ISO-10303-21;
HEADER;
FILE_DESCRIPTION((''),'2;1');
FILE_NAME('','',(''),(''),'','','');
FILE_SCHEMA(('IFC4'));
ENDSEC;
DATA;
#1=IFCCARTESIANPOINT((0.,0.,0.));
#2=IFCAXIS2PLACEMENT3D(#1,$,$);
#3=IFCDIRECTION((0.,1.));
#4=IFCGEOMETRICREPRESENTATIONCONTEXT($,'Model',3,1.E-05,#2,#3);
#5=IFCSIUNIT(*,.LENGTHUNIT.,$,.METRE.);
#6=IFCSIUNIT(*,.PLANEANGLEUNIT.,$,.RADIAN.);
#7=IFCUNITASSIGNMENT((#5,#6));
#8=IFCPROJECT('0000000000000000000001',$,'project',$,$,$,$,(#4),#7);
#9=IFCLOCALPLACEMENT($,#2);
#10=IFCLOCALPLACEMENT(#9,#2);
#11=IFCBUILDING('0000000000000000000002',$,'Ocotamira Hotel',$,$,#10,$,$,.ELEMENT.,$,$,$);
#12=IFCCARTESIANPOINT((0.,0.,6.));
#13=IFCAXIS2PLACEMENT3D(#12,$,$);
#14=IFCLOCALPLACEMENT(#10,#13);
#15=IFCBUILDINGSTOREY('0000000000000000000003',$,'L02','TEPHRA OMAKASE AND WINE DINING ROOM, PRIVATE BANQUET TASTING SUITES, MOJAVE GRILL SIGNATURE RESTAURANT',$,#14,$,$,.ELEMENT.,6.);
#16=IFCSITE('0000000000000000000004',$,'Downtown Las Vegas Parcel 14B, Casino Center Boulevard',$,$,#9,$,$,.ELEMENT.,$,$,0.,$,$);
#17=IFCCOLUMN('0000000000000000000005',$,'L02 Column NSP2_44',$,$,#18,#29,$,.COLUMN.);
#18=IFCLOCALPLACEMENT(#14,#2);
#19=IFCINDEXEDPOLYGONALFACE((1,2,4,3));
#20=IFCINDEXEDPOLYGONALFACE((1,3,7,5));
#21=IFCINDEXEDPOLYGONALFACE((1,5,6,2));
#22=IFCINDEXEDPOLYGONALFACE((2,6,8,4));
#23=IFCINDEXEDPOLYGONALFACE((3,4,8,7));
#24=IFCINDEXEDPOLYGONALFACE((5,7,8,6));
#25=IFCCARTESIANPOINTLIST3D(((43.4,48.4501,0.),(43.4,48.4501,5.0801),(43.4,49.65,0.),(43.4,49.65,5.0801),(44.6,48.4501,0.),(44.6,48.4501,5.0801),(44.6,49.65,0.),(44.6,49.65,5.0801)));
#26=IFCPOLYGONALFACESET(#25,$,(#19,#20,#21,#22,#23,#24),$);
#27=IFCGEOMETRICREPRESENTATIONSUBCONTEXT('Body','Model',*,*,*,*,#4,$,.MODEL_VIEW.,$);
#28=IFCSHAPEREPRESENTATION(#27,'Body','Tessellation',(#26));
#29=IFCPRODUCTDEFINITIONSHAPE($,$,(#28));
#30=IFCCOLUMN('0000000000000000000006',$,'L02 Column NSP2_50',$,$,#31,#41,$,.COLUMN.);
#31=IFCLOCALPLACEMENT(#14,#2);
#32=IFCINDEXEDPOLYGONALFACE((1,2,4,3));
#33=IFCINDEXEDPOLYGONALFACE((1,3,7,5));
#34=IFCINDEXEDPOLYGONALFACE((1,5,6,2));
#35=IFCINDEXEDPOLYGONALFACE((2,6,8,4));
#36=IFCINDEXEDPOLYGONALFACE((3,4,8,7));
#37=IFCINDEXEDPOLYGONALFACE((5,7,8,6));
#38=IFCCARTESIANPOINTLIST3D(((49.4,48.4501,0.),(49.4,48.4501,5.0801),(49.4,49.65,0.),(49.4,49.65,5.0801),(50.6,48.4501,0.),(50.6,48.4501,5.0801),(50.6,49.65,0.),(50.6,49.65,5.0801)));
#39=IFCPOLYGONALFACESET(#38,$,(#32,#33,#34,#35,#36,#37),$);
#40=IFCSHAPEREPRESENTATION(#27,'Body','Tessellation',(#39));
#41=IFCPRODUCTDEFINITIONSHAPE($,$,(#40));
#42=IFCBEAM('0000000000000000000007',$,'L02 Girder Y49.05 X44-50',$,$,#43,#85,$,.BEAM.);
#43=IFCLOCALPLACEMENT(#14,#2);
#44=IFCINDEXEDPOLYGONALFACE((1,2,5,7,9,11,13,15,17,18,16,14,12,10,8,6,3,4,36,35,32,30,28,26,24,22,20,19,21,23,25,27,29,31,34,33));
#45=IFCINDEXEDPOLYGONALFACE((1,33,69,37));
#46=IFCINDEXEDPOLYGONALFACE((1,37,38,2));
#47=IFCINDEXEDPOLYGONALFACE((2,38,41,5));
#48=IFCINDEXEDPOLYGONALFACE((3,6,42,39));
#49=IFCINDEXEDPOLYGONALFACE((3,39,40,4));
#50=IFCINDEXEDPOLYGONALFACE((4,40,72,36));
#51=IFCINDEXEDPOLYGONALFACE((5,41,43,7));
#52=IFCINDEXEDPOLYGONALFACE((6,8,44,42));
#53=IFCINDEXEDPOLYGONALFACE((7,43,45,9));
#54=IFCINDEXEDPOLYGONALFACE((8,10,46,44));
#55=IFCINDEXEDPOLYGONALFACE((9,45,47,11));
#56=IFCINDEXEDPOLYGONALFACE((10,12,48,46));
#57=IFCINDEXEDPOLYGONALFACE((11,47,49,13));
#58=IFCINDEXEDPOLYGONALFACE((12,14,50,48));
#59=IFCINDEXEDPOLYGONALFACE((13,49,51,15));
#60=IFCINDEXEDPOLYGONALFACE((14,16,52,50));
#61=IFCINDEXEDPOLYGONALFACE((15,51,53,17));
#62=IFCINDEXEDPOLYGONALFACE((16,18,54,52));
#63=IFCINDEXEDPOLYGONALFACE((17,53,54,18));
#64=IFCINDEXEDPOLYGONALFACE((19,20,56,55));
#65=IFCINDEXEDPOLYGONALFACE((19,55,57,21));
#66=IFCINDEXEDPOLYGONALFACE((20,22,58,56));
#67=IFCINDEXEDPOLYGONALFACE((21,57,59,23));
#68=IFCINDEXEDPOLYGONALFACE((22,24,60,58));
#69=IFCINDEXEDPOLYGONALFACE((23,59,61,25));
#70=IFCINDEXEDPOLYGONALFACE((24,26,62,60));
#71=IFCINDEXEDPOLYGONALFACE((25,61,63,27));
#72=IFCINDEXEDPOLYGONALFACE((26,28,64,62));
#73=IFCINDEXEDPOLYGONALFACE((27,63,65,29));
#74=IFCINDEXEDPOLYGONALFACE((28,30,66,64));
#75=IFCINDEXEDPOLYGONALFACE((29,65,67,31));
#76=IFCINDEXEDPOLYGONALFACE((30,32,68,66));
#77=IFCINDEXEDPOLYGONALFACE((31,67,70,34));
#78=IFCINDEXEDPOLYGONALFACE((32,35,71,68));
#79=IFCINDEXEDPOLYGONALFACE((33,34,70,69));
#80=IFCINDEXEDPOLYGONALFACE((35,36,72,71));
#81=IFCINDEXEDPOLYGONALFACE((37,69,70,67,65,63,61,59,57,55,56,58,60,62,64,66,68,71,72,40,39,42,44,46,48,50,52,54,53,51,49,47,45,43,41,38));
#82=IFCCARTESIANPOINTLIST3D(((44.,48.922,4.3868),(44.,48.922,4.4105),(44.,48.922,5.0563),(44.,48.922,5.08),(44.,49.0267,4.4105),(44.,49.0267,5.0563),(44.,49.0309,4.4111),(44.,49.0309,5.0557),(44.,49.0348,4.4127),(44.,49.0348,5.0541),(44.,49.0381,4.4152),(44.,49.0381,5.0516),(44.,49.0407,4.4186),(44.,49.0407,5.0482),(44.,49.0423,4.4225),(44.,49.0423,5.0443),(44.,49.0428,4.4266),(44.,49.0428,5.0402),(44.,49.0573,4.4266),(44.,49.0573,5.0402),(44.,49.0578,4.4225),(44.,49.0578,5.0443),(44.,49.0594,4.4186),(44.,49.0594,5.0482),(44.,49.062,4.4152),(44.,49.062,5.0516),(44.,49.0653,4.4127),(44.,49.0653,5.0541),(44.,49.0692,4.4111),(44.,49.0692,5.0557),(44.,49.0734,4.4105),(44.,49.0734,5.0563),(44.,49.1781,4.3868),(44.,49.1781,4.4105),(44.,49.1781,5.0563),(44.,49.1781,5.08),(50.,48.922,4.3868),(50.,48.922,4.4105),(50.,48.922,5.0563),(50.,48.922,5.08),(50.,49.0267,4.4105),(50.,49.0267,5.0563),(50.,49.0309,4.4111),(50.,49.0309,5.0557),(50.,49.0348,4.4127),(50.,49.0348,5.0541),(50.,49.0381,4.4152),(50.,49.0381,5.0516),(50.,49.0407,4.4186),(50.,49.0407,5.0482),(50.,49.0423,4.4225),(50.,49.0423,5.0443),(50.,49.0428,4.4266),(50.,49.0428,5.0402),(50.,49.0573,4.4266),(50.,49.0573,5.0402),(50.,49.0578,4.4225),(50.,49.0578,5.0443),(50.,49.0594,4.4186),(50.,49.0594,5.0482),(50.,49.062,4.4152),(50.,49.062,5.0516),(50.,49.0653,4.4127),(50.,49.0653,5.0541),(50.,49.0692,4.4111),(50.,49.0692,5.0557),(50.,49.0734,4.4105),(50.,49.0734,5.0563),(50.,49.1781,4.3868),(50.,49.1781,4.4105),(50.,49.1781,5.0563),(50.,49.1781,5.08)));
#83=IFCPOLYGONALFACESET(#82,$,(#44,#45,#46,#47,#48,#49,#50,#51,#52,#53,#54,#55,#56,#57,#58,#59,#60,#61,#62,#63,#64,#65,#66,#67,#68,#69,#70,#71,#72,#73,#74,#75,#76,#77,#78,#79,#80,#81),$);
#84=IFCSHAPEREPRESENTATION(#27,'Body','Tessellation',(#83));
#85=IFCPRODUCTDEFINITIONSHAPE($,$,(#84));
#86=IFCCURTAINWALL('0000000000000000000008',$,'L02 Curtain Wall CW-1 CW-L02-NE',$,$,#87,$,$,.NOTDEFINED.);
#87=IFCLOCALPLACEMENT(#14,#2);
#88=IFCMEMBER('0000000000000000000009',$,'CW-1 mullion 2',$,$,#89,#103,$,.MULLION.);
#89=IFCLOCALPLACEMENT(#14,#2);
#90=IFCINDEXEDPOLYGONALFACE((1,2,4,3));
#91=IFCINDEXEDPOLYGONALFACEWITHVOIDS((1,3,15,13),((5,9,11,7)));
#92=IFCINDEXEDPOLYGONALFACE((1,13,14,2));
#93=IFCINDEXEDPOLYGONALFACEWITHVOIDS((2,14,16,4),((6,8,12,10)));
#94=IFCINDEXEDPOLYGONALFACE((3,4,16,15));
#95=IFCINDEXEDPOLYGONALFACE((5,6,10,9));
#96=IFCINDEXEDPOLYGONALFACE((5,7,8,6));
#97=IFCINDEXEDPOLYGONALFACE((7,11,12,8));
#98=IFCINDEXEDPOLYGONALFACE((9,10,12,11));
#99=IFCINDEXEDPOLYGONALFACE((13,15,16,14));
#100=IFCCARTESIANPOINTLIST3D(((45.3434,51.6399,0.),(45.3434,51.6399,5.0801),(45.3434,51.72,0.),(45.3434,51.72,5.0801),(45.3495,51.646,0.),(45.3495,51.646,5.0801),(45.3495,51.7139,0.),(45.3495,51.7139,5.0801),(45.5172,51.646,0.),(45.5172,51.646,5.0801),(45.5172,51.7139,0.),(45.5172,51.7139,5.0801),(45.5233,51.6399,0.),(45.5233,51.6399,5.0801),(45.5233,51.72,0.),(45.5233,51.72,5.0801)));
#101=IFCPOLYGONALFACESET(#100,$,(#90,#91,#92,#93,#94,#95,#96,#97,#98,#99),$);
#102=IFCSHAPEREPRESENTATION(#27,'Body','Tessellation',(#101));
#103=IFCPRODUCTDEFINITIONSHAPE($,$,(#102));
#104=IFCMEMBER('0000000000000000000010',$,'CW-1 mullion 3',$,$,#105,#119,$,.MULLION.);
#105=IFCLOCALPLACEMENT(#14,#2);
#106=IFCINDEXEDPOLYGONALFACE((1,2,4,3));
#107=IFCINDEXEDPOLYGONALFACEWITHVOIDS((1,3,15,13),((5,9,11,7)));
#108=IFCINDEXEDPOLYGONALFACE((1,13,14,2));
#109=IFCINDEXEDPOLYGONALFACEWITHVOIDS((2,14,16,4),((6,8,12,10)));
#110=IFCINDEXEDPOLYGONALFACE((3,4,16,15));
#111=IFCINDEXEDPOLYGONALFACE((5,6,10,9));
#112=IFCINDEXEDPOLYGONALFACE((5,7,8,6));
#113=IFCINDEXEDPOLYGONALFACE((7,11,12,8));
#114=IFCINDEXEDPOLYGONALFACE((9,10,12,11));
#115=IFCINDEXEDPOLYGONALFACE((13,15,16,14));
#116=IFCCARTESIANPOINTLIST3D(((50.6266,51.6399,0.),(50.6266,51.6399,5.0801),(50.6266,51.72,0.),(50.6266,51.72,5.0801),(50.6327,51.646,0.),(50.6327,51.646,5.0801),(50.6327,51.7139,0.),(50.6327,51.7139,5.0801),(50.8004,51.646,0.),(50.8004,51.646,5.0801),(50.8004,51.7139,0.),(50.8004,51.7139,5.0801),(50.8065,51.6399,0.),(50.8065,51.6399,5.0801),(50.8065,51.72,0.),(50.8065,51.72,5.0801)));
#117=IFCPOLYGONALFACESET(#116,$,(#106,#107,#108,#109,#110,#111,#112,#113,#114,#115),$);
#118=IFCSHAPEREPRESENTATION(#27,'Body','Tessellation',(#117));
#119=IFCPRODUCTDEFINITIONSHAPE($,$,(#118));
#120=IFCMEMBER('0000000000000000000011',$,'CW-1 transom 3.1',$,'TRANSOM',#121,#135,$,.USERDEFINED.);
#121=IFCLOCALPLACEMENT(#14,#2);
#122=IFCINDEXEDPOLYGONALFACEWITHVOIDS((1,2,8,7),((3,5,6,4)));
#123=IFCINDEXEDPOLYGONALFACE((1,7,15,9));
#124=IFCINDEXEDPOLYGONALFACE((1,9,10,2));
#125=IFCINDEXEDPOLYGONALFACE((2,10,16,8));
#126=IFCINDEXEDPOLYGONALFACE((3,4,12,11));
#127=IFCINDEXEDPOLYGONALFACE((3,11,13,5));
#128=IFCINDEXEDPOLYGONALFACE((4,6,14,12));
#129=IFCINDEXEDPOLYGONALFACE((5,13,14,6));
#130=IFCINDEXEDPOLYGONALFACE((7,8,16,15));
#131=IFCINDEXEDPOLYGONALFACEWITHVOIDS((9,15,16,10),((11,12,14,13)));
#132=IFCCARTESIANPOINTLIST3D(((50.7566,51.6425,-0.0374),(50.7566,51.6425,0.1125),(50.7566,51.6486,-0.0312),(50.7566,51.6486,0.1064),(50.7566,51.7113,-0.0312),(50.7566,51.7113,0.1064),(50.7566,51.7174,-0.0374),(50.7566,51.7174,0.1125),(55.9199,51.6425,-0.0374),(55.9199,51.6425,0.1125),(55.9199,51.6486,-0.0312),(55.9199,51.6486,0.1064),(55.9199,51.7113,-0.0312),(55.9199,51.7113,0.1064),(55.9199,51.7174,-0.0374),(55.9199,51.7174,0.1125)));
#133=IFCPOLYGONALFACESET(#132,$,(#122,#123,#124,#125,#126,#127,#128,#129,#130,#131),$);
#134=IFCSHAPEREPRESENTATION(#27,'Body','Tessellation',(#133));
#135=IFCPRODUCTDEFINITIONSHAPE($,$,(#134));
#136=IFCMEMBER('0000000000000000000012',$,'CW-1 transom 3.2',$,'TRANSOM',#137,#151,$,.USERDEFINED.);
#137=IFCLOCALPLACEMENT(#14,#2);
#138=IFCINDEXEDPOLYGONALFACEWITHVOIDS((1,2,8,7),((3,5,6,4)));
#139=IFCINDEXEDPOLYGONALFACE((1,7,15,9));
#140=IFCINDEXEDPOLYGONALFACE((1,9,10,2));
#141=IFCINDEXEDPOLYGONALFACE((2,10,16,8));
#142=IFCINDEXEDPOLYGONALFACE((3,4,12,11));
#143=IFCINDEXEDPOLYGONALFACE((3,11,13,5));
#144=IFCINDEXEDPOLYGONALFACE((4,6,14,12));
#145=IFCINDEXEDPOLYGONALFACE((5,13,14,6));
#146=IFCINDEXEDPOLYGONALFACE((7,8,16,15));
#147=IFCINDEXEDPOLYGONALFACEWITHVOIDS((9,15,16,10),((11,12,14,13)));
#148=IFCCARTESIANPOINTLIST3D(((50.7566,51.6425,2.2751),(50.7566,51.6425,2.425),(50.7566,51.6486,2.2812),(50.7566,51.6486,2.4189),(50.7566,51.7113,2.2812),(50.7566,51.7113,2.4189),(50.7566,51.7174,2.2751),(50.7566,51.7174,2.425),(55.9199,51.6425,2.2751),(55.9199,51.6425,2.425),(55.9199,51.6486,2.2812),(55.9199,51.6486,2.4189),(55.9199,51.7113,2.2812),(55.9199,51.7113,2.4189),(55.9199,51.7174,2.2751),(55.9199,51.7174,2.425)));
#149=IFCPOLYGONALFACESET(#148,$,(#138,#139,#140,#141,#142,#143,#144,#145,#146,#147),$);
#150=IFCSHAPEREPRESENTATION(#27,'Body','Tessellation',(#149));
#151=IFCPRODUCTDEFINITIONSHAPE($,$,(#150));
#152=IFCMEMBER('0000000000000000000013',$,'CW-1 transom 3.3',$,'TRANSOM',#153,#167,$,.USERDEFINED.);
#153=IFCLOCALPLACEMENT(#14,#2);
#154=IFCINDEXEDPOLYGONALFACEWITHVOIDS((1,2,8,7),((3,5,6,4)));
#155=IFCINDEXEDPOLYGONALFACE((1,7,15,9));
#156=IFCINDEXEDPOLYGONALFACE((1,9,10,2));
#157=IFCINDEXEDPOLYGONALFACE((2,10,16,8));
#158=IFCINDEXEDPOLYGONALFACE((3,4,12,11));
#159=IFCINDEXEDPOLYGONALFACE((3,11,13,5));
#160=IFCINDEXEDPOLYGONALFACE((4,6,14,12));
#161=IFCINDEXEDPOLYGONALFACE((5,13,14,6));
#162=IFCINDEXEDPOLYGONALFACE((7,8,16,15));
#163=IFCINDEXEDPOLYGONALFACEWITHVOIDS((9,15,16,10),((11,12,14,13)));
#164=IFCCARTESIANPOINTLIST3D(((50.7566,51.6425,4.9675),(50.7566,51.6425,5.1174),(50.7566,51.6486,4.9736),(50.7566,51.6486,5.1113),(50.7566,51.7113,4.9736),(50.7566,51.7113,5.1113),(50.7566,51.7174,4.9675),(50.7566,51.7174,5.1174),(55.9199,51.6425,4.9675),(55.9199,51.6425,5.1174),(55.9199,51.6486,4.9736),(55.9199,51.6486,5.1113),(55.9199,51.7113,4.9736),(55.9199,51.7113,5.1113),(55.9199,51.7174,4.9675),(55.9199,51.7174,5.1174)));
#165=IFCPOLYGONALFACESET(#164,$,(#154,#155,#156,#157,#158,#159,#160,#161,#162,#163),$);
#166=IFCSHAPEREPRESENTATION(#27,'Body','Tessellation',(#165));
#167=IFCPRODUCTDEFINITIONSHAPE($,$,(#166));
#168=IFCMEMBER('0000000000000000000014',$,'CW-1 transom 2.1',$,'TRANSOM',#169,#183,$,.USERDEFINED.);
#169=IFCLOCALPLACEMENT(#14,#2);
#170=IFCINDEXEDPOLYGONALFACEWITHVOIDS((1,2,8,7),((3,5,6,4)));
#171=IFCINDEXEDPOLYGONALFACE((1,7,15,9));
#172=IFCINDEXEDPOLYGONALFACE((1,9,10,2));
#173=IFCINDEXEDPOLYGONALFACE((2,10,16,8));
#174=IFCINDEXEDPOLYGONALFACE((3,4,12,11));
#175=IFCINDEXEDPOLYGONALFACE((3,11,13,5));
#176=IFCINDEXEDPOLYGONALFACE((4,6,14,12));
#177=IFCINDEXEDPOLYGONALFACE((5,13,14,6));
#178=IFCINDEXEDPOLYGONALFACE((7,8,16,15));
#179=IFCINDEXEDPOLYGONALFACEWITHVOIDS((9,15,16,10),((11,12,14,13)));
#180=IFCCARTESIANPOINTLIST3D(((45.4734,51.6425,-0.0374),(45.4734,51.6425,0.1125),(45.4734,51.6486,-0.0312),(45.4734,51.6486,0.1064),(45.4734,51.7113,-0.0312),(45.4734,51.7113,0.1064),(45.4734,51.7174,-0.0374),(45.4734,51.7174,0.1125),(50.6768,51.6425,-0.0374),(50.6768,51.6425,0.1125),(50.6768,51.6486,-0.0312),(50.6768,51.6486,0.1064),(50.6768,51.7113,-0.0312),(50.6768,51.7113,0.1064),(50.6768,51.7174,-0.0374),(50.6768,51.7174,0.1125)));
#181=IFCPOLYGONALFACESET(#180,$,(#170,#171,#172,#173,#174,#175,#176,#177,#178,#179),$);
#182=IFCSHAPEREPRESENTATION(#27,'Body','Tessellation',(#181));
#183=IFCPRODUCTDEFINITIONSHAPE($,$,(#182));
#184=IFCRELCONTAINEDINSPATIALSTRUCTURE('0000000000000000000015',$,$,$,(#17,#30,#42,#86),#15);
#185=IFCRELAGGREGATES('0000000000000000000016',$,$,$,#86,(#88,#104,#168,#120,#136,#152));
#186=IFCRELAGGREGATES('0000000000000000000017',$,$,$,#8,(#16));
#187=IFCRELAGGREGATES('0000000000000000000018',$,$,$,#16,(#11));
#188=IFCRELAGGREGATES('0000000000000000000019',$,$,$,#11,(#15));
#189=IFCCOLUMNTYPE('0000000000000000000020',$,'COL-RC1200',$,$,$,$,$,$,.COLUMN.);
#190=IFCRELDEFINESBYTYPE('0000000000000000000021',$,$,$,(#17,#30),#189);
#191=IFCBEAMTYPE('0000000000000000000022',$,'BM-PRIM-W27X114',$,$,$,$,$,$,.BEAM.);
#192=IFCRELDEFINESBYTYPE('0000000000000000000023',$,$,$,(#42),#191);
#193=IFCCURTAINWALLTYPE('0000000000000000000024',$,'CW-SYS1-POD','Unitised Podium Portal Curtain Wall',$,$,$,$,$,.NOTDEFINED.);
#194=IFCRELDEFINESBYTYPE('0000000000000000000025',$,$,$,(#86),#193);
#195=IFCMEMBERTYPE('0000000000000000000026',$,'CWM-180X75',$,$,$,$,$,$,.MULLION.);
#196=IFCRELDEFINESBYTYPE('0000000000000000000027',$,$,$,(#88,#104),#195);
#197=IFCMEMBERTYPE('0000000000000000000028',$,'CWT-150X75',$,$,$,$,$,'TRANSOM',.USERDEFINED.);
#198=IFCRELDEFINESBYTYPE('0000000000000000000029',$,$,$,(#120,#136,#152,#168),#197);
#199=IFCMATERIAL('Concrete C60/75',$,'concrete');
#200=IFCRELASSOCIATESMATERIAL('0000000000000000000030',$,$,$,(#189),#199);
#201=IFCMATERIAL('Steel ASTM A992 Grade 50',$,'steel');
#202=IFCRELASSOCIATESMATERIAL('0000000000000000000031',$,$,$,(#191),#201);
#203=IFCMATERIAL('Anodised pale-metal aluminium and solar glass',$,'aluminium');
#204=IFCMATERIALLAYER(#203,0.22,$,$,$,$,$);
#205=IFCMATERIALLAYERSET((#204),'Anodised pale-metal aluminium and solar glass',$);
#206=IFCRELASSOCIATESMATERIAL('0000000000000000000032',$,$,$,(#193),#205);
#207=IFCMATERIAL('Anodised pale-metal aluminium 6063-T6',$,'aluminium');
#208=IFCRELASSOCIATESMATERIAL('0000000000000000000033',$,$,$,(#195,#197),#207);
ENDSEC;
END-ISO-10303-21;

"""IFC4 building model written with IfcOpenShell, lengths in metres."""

from ifc_helpers import new_model, si_unit, direction, frame, origin, origin_2d, place, context, subcontext, project, spatial, rectangle, hollow_rectangle, i_section, extrude, source, transform, mapped, material, layer, layer_set, material_profile, profile_set, type_object, element, aggregate, save


model = new_model("IFC4")

# Units and contexts
model_context = context("Model", 3, precision=1e-05, world=origin(), true_north=direction((0.0, 1.0)))
body_context = subcontext(model_context, "Body", "Model", "MODEL_VIEW")
ifc_project = project(units=[si_unit("LENGTHUNIT", "METRE"), si_unit("PLANEANGLEUNIT", "RADIAN")], contexts=[model_context])

# Site, building, storey
site_placement = place(None, origin())
site = spatial("IfcSite", under=ifc_project, at=site_placement, Name="Downtown Las Vegas Parcel 14B, Casino Center Boulevard", CompositionType="ELEMENT", RefElevation=0.0)
building_placement = place(site_placement, origin())
building = spatial("IfcBuilding", under=site, at=building_placement, Name="Ocotamira Hotel", CompositionType="ELEMENT")
storey_placement = place(building_placement, frame((0.0, 0.0, 6.0)))
storey = spatial("IfcBuildingStorey", under=building, at=storey_placement, Name="L02", Description="TEPHRA OMAKASE AND WINE DINING ROOM, PRIVATE BANQUET TASTING SUITES, MOJAVE GRILL SIGNATURE RESTAURANT", CompositionType="ELEMENT", Elevation=6.0)

# Columns
ifc_material_1 = material(Name="Concrete C60/75", Category="concrete")
ifc_material_profile_1 = material_profile(ifc_material_1, rectangle(XDim=1.2, YDim=1.2, at=origin_2d()), Name="RC1200X1200")
ifc_profile_set_1 = profile_set([ifc_material_profile_1], Name="Concrete C60/75")
column_type = type_object("IfcColumnType", Name="COL-RC1200", PredefinedType="COLUMN", material=ifc_profile_set_1)
shared_shape_1 = source(origin(), body_context, "Body", "SweptSolid", [
    extrude(rectangle(XDim=1.2, YDim=1.2, at=origin_2d()), origin(), (0.0, 0.0, 1.0), 5.0801),
])
for number, where, z_axis, x_axis, name in (
    (1, (44.0, 49.05, 0.0), (0.0, 0.0, 1.0), (1.0, 0.0, 0.0), "L02 Column NSP2_44"),
    (2, (50.0, 49.05, 0.0), (0.0, 0.0, 1.0), (1.0, 0.0, 0.0), "L02 Column NSP2_50"),
):
    element("IfcColumn", number, at=place(storey_placement, frame(where, z_axis=z_axis, x_axis=x_axis)), inside=storey, type_object=column_type, Name=name, PredefinedType="COLUMN", context=body_context, shape_type="MappedRepresentation", body=[
        mapped(shared_shape_1, transform((0.0, 0.0, 0.0), scale=1.0)),
    ])

# Beam
ifc_material_2 = material(Name="Steel ASTM A992 Grade 50", Category="steel")
ifc_material_profile_2 = material_profile(ifc_material_2, i_section(OverallWidth=0.2561, OverallDepth=0.6931, WebThickness=0.0144, FlangeThickness=0.0237, FilletRadius=0.0161, at=origin_2d()), Name="W27X114")
ifc_profile_set_2 = profile_set([ifc_material_profile_2], Name="Steel ASTM A992 Grade 50")
beam_type = type_object("IfcBeamType", Name="BM-PRIM-W27X114", PredefinedType="BEAM", material=ifc_profile_set_2)
shared_shape_2 = source(origin(), body_context, "Body", "SweptSolid", [
    extrude(i_section(OverallWidth=0.2561, OverallDepth=0.6931, WebThickness=0.0144, FlangeThickness=0.0237, FilletRadius=0.0161, at=origin_2d()), origin(), (0.0, 0.0, 1.0), 6.0),
])
beam_placement = place(storey_placement, frame((44.0, 49.05, 4.7334), z_axis=(1.0, 0.0, 0.0), x_axis=(0.0, 1.0, 0.0)))
element("IfcBeam", 3, at=beam_placement, inside=storey, type_object=beam_type, Name="L02 Girder Y49.05 X44-50", PredefinedType="BEAM", context=body_context, shape_type="MappedRepresentation", body=[
    mapped(shared_shape_2, transform((0.0, 0.0, 0.0), scale=1.0)),
])

# Curtain wall, members
ifc_material_3 = material(Name="Anodised pale-metal aluminium and solar glass", Category="aluminium")
ifc_layer_1 = layer(ifc_material_3, 0.22)
ifc_layer_set_1 = layer_set([ifc_layer_1], Name="Anodised pale-metal aluminium and solar glass")
curtain_wall_type = type_object("IfcCurtainWallType", Name="CW-SYS1-POD", Description="Unitised Podium Portal Curtain Wall", PredefinedType="NOTDEFINED", material=ifc_layer_set_1)
curtain_wall_placement = place(storey_placement, origin())
curtain_wall = element("IfcCurtainWall", 4, at=curtain_wall_placement, inside=storey, type_object=curtain_wall_type, Name="L02 Curtain Wall CW-1 CW-L02-NE", PredefinedType="NOTDEFINED")
ifc_material_4 = material(Name="Anodised pale-metal aluminium 6063-T6", Category="aluminium")
ifc_material_profile_3 = material_profile(ifc_material_4, hollow_rectangle(XDim=0.0801, YDim=0.1799, WallThickness=0.0061, at=origin_2d()), Name="HSS180X80X6")
ifc_profile_set_3 = profile_set([ifc_material_profile_3], Name="Anodised pale-metal aluminium 6063-T6")
member_type_1 = type_object("IfcMemberType", Name="CWM-180X75", PredefinedType="MULLION", material=ifc_profile_set_3)
shared_shape_3 = source(origin(), body_context, "Body", "SweptSolid", [
    extrude(hollow_rectangle(XDim=0.0801, YDim=0.1799, WallThickness=0.0061, at=origin_2d()), origin(), (0.0, 0.0, 1.0), 5.0801),
])
member_1_placement = place(storey_placement, frame((45.4333, 51.6799, 0.0), z_axis=(0.0, 0.0, 1.0), x_axis=(0.0, 1.0, 0.0)))
member_1 = element("IfcMember", 5, at=member_1_placement, type_object=member_type_1, Name="CW-1 mullion 2", PredefinedType="MULLION", context=body_context, shape_type="MappedRepresentation", body=[
    mapped(shared_shape_3, transform((0.0, 0.0, 0.0), scale=1.0)),
])
member_2_placement = place(storey_placement, frame((50.7166, 51.6799, 0.0), z_axis=(0.0, 0.0, 1.0), x_axis=(0.0, 1.0, 0.0)))
member_2 = element("IfcMember", 6, at=member_2_placement, type_object=member_type_1, Name="CW-1 mullion 3", PredefinedType="MULLION", context=body_context, shape_type="MappedRepresentation", body=[
    mapped(shared_shape_3, transform((0.0, 0.0, 0.0), scale=1.0)),
])
ifc_material_profile_4 = material_profile(ifc_material_4, hollow_rectangle(XDim=0.075, YDim=0.1499, WallThickness=0.0061, at=origin_2d()), Name="HSS150X75X6")
ifc_profile_set_4 = profile_set([ifc_material_profile_4], Name="Anodised pale-metal aluminium 6063-T6")
member_type_2 = type_object("IfcMemberType", Name="CWT-150X75", ElementType="TRANSOM", PredefinedType="USERDEFINED", material=ifc_profile_set_4)
shared_shape_4 = source(origin(), body_context, "Body", "SweptSolid", [
    extrude(hollow_rectangle(XDim=0.075, YDim=0.1499, WallThickness=0.0061, at=origin_2d()), origin(), (0.0, 0.0, 1.0), 5.1633),
])
member_3_placement = place(storey_placement, frame((50.7566, 51.6799, 0.0376), z_axis=(1.0, 0.0, 0.0), x_axis=(0.0, 1.0, 0.0)))
member_3 = element("IfcMember", 7, at=member_3_placement, type_object=member_type_2, Name="CW-1 transom 3.1", ObjectType="TRANSOM", PredefinedType="USERDEFINED", context=body_context, shape_type="MappedRepresentation", body=[
    mapped(shared_shape_4, transform((0.0, 0.0, 0.0), scale=1.0)),
])
member_4_placement = place(storey_placement, frame((50.7566, 51.6799, 2.3501), z_axis=(1.0, 0.0, 0.0), x_axis=(0.0, 1.0, 0.0)))
member_4 = element("IfcMember", 8, at=member_4_placement, type_object=member_type_2, Name="CW-1 transom 3.2", ObjectType="TRANSOM", PredefinedType="USERDEFINED", context=body_context, shape_type="MappedRepresentation", body=[
    mapped(shared_shape_4, transform((0.0, 0.0, 0.0), scale=1.0)),
])
member_5_placement = place(storey_placement, frame((50.7566, 51.6799, 5.0425), z_axis=(1.0, 0.0, 0.0), x_axis=(0.0, 1.0, 0.0)))
member_5 = element("IfcMember", 9, at=member_5_placement, type_object=member_type_2, Name="CW-1 transom 3.3", ObjectType="TRANSOM", PredefinedType="USERDEFINED", context=body_context, shape_type="MappedRepresentation", body=[
    mapped(shared_shape_4, transform((0.0, 0.0, 0.0), scale=1.0)),
])
shared_shape_5 = source(origin(), body_context, "Body", "SweptSolid", [
    extrude(hollow_rectangle(XDim=0.075, YDim=0.1499, WallThickness=0.0061, at=origin_2d()), origin(), (0.0, 0.0, 1.0), 5.2034),
])
member_6_placement = place(storey_placement, frame((45.4734, 51.6799, 0.0376), z_axis=(1.0, 0.0, 0.0), x_axis=(0.0, 1.0, 0.0)))
member_6 = element("IfcMember", 10, at=member_6_placement, type_object=member_type_2, Name="CW-1 transom 2.1", ObjectType="TRANSOM", PredefinedType="USERDEFINED", context=body_context, shape_type="MappedRepresentation", body=[
    mapped(shared_shape_5, transform((0.0, 0.0, 0.0), scale=1.0)),
])
aggregate(curtain_wall, [member_1, member_2, member_6, member_3, member_4, member_5])

save(model, "model.ifc")
